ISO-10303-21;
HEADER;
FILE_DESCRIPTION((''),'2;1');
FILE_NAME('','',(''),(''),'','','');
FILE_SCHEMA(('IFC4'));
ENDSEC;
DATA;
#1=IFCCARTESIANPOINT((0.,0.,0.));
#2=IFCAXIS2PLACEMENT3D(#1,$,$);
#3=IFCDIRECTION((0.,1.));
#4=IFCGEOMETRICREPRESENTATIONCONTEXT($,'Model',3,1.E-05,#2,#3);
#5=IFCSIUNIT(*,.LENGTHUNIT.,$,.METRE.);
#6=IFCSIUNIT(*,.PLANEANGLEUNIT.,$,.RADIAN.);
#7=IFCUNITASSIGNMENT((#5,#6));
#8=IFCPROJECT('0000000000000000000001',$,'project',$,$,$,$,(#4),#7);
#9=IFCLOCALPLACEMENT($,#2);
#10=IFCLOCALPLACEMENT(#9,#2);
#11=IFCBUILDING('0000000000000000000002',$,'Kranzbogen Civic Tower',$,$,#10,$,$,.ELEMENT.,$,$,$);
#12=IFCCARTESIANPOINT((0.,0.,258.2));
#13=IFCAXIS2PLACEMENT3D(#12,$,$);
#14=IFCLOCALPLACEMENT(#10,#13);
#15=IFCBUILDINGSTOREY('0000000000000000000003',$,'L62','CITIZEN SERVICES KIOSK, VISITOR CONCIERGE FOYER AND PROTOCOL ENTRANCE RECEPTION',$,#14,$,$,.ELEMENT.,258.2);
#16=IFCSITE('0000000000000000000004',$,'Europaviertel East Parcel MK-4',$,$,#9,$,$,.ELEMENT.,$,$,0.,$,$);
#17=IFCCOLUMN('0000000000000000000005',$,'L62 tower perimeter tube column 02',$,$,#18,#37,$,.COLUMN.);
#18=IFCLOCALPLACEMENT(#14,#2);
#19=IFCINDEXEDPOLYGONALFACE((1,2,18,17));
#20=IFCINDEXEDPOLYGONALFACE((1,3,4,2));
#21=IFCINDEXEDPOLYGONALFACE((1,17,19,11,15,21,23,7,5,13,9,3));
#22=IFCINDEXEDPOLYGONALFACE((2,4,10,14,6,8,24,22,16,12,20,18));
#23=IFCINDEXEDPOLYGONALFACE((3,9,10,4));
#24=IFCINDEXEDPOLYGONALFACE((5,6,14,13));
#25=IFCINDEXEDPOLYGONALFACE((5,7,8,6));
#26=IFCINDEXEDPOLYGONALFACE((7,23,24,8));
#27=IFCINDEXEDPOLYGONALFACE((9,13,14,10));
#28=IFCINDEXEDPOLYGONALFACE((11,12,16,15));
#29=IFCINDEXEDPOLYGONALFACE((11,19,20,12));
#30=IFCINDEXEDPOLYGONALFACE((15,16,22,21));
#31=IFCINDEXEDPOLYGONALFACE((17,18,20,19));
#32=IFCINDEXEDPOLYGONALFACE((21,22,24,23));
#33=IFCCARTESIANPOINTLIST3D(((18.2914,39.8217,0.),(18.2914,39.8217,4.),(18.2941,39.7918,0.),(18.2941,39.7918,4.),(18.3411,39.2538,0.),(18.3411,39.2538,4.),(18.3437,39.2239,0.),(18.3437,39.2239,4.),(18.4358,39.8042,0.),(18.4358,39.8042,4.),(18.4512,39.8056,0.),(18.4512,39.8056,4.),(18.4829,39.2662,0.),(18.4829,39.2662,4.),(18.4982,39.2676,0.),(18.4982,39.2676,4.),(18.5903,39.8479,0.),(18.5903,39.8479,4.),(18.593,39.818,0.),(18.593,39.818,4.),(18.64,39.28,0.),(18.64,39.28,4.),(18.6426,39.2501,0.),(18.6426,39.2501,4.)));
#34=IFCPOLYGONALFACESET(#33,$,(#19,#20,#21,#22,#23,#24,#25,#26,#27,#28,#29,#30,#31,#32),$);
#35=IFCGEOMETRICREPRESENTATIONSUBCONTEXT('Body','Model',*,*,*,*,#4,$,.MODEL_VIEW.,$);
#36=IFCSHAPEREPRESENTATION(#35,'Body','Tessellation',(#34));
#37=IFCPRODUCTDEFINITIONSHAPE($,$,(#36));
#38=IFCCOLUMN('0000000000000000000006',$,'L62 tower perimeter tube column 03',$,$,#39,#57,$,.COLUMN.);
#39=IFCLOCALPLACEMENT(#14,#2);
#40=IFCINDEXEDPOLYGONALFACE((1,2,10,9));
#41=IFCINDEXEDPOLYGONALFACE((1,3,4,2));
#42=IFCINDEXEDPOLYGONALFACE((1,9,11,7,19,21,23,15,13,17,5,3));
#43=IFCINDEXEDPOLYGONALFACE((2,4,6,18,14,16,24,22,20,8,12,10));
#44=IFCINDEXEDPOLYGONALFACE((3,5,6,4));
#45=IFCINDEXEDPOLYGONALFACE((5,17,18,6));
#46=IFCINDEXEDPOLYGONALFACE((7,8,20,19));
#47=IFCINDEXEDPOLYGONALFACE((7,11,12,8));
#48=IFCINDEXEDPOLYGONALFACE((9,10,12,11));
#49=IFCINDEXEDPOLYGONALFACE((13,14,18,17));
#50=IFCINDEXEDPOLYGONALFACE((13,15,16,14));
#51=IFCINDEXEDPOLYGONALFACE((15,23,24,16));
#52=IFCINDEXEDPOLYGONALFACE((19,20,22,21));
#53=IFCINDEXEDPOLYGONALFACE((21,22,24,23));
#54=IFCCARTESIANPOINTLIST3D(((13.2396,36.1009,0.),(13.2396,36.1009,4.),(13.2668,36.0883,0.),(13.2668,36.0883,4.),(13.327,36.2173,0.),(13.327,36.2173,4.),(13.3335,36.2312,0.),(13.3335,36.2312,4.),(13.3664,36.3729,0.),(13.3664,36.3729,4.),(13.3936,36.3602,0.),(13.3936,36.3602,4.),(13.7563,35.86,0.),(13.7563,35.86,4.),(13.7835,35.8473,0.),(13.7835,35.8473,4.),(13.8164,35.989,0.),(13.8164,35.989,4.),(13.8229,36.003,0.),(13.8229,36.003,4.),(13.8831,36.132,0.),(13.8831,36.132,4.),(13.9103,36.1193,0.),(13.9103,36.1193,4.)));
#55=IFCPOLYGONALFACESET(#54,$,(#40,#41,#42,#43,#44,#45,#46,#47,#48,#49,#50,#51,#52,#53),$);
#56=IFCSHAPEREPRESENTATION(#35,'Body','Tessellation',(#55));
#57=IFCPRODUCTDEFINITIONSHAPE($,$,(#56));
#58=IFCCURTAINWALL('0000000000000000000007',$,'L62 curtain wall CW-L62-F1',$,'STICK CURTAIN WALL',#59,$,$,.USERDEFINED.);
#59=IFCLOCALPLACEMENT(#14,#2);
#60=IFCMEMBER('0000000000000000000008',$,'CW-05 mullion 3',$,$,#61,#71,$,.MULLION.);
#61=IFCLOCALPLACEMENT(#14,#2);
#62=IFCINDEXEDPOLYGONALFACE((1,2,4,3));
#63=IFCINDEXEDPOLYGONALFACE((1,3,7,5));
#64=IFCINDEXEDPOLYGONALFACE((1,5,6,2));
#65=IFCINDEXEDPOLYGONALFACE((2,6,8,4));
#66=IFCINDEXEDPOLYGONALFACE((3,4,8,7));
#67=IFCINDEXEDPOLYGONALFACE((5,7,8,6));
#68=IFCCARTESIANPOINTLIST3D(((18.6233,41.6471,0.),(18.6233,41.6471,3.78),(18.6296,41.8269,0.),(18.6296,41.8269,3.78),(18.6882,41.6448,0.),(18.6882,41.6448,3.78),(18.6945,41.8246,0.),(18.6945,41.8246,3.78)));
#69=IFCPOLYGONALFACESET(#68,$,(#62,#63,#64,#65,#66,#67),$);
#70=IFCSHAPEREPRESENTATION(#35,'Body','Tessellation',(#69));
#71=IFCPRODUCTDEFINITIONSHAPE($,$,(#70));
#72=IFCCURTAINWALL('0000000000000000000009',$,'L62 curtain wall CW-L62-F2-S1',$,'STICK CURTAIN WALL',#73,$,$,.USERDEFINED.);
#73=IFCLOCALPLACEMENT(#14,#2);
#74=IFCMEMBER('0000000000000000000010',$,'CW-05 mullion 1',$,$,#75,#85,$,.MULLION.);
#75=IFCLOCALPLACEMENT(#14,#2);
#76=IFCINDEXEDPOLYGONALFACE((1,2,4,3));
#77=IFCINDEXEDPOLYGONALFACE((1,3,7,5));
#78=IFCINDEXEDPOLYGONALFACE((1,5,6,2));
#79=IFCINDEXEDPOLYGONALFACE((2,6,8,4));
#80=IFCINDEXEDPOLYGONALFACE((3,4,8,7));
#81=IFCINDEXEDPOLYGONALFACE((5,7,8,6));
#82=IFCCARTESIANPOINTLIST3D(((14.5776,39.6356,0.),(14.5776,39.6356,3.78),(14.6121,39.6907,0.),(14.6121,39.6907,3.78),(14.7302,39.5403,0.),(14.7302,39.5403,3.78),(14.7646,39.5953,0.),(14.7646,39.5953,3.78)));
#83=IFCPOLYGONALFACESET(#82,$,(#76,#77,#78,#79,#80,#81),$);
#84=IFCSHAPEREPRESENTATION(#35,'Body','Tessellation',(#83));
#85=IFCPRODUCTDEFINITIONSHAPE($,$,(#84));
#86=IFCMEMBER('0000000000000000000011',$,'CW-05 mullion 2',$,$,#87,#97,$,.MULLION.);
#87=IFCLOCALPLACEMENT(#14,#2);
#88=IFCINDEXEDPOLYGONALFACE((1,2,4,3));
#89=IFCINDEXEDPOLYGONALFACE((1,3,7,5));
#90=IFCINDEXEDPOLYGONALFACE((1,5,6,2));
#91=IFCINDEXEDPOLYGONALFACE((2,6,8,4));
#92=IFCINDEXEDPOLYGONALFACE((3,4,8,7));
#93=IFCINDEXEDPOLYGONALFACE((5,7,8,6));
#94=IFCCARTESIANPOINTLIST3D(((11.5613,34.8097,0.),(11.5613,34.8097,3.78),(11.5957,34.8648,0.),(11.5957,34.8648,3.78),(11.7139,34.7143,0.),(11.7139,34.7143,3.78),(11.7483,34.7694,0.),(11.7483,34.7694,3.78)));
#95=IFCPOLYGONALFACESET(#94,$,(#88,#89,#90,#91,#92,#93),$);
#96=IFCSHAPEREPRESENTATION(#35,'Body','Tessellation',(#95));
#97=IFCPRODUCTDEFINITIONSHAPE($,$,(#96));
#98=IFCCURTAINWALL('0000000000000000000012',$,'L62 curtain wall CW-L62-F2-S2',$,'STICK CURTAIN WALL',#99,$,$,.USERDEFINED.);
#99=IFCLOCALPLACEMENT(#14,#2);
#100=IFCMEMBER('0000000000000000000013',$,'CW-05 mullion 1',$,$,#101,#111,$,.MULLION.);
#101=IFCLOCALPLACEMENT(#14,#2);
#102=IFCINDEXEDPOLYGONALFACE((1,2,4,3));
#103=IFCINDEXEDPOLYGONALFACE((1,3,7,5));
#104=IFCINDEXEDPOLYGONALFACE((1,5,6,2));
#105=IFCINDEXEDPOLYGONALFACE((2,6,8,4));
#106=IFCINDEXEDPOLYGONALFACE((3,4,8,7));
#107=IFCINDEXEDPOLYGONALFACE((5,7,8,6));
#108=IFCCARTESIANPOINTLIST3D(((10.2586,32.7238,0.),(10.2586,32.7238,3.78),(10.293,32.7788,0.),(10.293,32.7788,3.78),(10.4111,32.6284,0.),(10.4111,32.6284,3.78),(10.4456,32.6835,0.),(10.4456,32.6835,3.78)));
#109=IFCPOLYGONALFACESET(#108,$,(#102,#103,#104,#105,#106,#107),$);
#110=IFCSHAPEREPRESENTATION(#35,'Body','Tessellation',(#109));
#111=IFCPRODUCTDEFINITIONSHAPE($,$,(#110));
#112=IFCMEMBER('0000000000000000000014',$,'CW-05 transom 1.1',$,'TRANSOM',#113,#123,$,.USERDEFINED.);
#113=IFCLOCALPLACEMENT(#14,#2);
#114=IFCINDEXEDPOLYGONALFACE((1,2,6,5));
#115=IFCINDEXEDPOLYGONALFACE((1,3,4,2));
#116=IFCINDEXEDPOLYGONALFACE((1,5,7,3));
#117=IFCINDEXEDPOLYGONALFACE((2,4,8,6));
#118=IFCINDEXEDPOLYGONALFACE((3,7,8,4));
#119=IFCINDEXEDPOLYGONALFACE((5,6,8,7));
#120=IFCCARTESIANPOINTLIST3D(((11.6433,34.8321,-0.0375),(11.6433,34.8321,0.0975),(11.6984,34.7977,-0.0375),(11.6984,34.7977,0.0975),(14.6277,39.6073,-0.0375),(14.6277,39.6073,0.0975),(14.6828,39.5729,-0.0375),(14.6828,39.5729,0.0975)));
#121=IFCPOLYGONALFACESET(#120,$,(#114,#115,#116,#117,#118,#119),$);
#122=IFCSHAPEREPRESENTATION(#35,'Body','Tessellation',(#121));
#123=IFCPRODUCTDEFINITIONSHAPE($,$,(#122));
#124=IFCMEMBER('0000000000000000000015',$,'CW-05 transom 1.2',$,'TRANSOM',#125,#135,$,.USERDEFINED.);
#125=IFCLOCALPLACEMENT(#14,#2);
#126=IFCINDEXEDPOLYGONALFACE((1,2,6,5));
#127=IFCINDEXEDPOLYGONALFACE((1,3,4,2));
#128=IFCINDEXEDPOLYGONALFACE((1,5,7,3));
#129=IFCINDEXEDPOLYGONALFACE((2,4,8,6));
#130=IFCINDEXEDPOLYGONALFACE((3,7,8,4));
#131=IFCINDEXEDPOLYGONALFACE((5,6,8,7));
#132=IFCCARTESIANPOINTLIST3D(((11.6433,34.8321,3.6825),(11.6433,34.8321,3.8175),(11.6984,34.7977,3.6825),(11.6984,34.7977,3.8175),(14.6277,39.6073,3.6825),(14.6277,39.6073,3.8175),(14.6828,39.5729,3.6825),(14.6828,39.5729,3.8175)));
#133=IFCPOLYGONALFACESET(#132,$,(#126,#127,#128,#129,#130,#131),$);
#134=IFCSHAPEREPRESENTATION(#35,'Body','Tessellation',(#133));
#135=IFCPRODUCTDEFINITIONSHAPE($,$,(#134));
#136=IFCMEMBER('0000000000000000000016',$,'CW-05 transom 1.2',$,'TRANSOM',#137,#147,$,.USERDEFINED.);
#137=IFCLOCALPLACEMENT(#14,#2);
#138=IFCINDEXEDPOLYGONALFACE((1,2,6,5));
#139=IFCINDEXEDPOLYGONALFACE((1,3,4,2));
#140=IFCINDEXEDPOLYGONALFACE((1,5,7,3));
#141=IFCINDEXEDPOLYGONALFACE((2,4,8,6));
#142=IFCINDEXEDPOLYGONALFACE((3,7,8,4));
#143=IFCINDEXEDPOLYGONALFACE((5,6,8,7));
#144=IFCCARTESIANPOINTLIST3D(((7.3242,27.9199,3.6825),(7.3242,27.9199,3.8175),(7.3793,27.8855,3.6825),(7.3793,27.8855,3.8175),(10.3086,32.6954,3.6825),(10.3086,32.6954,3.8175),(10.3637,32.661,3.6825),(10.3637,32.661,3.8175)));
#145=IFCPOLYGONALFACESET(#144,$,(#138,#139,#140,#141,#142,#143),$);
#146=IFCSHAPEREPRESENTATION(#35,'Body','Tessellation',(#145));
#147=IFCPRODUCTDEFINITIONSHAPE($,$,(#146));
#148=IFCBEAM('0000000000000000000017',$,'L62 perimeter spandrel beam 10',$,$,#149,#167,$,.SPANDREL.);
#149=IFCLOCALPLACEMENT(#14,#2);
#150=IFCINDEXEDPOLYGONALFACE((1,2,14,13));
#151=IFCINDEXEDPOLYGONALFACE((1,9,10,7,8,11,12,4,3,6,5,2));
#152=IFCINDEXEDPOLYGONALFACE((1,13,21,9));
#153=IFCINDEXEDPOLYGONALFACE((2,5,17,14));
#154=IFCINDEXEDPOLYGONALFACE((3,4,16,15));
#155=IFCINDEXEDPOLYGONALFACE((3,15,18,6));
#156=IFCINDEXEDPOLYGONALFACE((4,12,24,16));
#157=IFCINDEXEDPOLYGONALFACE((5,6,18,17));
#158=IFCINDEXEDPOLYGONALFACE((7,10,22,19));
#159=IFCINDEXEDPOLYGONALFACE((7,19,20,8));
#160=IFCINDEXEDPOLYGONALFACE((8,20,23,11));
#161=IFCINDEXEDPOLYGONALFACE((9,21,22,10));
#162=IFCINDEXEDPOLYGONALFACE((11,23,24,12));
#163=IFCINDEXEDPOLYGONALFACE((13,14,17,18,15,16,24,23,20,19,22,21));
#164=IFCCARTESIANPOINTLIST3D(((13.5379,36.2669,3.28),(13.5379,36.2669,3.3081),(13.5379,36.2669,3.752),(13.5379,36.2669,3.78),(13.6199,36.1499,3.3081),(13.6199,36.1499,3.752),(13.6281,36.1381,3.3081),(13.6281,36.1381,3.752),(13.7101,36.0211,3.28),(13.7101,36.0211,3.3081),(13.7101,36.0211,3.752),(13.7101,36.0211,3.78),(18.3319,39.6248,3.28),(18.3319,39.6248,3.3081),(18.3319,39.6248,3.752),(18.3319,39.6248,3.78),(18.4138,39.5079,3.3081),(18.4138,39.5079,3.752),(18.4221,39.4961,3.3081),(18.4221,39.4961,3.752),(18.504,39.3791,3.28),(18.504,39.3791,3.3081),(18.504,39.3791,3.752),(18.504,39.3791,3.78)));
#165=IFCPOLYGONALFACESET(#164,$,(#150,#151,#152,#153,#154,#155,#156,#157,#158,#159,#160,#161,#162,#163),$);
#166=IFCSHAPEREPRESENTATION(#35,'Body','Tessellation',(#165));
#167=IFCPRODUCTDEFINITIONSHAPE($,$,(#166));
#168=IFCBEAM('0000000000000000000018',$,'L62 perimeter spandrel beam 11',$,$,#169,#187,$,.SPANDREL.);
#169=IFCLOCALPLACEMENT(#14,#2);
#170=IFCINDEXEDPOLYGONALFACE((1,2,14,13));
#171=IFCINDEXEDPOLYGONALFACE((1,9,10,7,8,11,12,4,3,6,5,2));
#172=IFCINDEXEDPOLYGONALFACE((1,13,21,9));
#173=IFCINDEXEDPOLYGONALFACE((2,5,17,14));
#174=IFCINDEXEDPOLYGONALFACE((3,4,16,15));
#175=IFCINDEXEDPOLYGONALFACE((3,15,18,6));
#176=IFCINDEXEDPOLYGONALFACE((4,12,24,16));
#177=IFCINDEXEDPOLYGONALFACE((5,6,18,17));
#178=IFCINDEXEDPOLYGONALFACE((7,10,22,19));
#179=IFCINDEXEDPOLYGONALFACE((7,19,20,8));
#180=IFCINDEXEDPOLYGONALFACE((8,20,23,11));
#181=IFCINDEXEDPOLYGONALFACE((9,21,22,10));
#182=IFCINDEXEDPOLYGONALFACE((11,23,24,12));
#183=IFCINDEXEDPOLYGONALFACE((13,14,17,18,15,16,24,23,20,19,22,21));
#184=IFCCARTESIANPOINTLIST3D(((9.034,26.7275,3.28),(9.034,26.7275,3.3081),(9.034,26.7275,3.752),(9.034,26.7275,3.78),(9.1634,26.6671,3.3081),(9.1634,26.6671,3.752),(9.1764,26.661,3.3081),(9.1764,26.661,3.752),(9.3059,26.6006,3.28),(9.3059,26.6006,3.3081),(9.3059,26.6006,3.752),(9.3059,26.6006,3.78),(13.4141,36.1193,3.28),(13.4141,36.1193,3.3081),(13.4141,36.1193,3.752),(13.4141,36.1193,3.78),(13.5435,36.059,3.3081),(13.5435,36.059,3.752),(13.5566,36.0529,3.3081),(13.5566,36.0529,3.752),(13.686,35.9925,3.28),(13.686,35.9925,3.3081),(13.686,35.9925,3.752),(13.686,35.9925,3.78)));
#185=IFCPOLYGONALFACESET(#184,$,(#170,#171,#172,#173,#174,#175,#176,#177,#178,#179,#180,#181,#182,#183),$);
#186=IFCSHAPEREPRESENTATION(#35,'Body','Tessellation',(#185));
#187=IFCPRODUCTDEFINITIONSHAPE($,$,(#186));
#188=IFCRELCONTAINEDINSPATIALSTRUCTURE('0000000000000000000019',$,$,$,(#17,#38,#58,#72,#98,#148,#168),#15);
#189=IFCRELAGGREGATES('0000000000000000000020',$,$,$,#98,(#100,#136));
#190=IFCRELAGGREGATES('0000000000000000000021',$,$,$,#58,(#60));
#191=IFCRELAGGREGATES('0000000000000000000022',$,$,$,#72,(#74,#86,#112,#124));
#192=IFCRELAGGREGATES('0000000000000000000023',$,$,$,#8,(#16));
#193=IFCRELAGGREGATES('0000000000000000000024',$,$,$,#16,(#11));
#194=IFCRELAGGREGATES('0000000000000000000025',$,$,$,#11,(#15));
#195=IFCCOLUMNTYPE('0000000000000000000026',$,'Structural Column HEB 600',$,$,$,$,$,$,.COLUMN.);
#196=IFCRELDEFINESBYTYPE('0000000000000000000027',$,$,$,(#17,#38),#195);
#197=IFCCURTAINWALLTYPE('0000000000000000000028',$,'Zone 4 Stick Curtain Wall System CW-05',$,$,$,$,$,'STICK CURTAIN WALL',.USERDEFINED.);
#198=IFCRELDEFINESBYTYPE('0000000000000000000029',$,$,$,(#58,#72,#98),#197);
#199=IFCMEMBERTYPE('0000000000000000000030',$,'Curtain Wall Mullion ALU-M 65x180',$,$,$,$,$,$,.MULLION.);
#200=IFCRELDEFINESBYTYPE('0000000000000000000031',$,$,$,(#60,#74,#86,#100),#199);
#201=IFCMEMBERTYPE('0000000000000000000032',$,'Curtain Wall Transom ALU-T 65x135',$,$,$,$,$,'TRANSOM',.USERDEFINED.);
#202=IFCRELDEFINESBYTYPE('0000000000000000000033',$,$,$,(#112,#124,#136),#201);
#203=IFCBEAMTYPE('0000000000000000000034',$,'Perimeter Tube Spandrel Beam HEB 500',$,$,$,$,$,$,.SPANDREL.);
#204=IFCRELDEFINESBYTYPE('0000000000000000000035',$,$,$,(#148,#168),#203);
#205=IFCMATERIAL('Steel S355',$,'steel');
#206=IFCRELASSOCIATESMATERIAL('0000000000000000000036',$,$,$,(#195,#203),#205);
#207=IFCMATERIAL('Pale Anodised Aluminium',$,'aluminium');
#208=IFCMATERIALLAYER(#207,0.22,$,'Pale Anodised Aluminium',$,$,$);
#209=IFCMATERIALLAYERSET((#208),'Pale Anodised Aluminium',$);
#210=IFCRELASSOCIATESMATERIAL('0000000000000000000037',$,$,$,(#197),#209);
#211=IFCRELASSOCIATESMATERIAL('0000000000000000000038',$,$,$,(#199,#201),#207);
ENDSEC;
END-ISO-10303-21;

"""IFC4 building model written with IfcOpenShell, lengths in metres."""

from ifc_helpers import new_model, si_unit, direction, frame, origin, origin_2d, place, context, subcontext, project, spatial, rectangle, i_section, extrude, material, layer, layer_set, material_profile, profile_set, type_object, element, aggregate, save


model = new_model("IFC4")

# Units and contexts
model_context = context("Model", 3, precision=1e-05, world=origin(), true_north=direction((0.0, 1.0)))
body_context = subcontext(model_context, "Body", "Model", "MODEL_VIEW")
ifc_project = project(units=[si_unit("LENGTHUNIT", "METRE"), si_unit("PLANEANGLEUNIT", "RADIAN")], contexts=[model_context])

# Site, building, storey
site_placement = place(None, origin())
site = spatial("IfcSite", under=ifc_project, at=site_placement, Name="Europaviertel East Parcel MK-4", CompositionType="ELEMENT", RefElevation=0.0)
building_placement = place(site_placement, origin())
building = spatial("IfcBuilding", under=site, at=building_placement, Name="Kranzbogen Civic Tower", CompositionType="ELEMENT")
storey_placement = place(building_placement, frame((0.0, 0.0, 258.2)))
storey = spatial("IfcBuildingStorey", under=building, at=storey_placement, Name="L62", Description="CITIZEN SERVICES KIOSK, VISITOR CONCIERGE FOYER AND PROTOCOL ENTRANCE RECEPTION", CompositionType="ELEMENT", Elevation=258.2)

# Columns
ifc_material_1 = material(Name="Steel S355", Category="steel")
ifc_material_profile_1 = material_profile(ifc_material_1, i_section(OverallWidth=0.3, OverallDepth=0.6001, WebThickness=0.0154, FlangeThickness=0.03, at=origin_2d()), Name="HEB 600")
ifc_profile_set_1 = profile_set([ifc_material_profile_1], Name="Steel S355")
column_type = type_object("IfcColumnType", Name="Structural Column HEB 600", PredefinedType="COLUMN", material=ifc_profile_set_1)
for number, where, z_axis, x_axis, name in (
    (1, (18.467, 39.5359, 0.0), (0.0, 0.0, 1.0), (0.996195, 0.087156, 0.0), "L62 tower perimeter tube column 02"),
    (2, (13.575, 36.1101, 0.0), (0.0, 0.0, 1.0), (0.422618, 0.906308, 0.0), "L62 tower perimeter tube column 03"),
):
    element("IfcColumn", number, at=place(storey_placement, frame(where, z_axis=z_axis, x_axis=x_axis)), inside=storey, type_object=column_type, Name=name, PredefinedType="COLUMN", context=body_context, shape_type="SweptSolid", body=[
        extrude(i_section(OverallWidth=0.3, OverallDepth=0.6001, WebThickness=0.0154, FlangeThickness=0.03, at=origin_2d()), origin(), (0.0, 0.0, 1.0), 4.0),
    ])

# Curtain wall, member
ifc_material_2 = material(Name="Pale Anodised Aluminium", Category="aluminium")
ifc_layer_1 = layer(ifc_material_2, 0.22, Name="Pale Anodised Aluminium")
ifc_layer_set_1 = layer_set([ifc_layer_1], Name="Pale Anodised Aluminium")
curtain_wall_type = type_object("IfcCurtainWallType", Name="Zone 4 Stick Curtain Wall System CW-05", ElementType="STICK CURTAIN WALL", PredefinedType="USERDEFINED", material=ifc_layer_set_1)
curtain_wall_1_placement = place(storey_placement, origin())
curtain_wall_1 = element("IfcCurtainWall", 3, at=curtain_wall_1_placement, inside=storey, type_object=curtain_wall_type, Name="L62 curtain wall CW-L62-F1", ObjectType="STICK CURTAIN WALL", PredefinedType="USERDEFINED")
ifc_material_profile_2 = material_profile(ifc_material_2, rectangle(XDim=0.0649, YDim=0.1799, at=origin_2d()), Name="ALU-M 65x180")
ifc_profile_set_2 = profile_set([ifc_material_profile_2], Name="Pale Anodised Aluminium")
member_type_1 = type_object("IfcMemberType", Name="Curtain Wall Mullion ALU-M 65x180", PredefinedType="MULLION", material=ifc_profile_set_2)
member_1_placement = place(storey_placement, frame((18.6589, 41.7358, 0.0), z_axis=(0.0, 0.0, 1.0), x_axis=(-0.999391, 0.034886, 0.0)))
member_1 = element("IfcMember", 4, at=member_1_placement, type_object=member_type_1, Name="CW-05 mullion 3", PredefinedType="MULLION", context=body_context, shape_type="SweptSolid", body=[
    extrude(rectangle(XDim=0.0649, YDim=0.1799, at=origin_2d()), origin(), (0.0, 0.0, 1.0), 3.78),
])

# Curtain wall, members
curtain_wall_2_placement = place(storey_placement, origin())
curtain_wall_2 = element("IfcCurtainWall", 5, at=curtain_wall_2_placement, inside=storey, type_object=curtain_wall_type, Name="L62 curtain wall CW-L62-F2-S1", ObjectType="STICK CURTAIN WALL", PredefinedType="USERDEFINED")
member_2_placement = place(storey_placement, frame((14.6711, 39.6155, 0.0), z_axis=(0.0, 0.0, 1.0), x_axis=(-0.529983, -0.848008, 0.0)))
member_2 = element("IfcMember", 6, at=member_2_placement, type_object=member_type_1, Name="CW-05 mullion 1", PredefinedType="MULLION", context=body_context, shape_type="SweptSolid", body=[
    extrude(rectangle(XDim=0.0649, YDim=0.1799, at=origin_2d()), origin(), (0.0, 0.0, 1.0), 3.78),
])
member_3_placement = place(storey_placement, frame((11.6548, 34.7896, 0.0), z_axis=(0.0, 0.0, 1.0), x_axis=(-0.529983, -0.848008, 0.0)))
member_3 = element("IfcMember", 7, at=member_3_placement, type_object=member_type_1, Name="CW-05 mullion 2", PredefinedType="MULLION", context=body_context, shape_type="SweptSolid", body=[
    extrude(rectangle(XDim=0.0649, YDim=0.1799, at=origin_2d()), origin(), (0.0, 0.0, 1.0), 3.78),
])

# Curtain wall, member
curtain_wall_3_placement = place(storey_placement, origin())
curtain_wall_3 = element("IfcCurtainWall", 8, at=curtain_wall_3_placement, inside=storey, type_object=curtain_wall_type, Name="L62 curtain wall CW-L62-F2-S2", ObjectType="STICK CURTAIN WALL", PredefinedType="USERDEFINED")
member_4_placement = place(storey_placement, frame((10.3521, 32.7036, 0.0), z_axis=(0.0, 0.0, 1.0), x_axis=(-0.529983, -0.848008, 0.0)))
member_4 = element("IfcMember", 9, at=member_4_placement, type_object=member_type_1, Name="CW-05 mullion 1", PredefinedType="MULLION", context=body_context, shape_type="SweptSolid", body=[
    extrude(rectangle(XDim=0.0649, YDim=0.1799, at=origin_2d()), origin(), (0.0, 0.0, 1.0), 3.78),
])

# Members
ifc_material_profile_3 = material_profile(ifc_material_2, rectangle(XDim=0.0649, YDim=0.135, at=origin_2d()), Name="ALU-T 65x135")
ifc_profile_set_3 = profile_set([ifc_material_profile_3], Name="Pale Anodised Aluminium")
member_type_2 = type_object("IfcMemberType", Name="Curtain Wall Transom ALU-T 65x135", ElementType="TRANSOM", PredefinedType="USERDEFINED", material=ifc_profile_set_3)
member_5_placement = place(storey_placement, frame((14.6553, 39.5901, 0.03), z_axis=(-0.529987, -0.848006, 0.0), x_axis=(0.848006, -0.529987, 0.0)))
member_5 = element("IfcMember", 10, at=member_5_placement, type_object=member_type_2, Name="CW-05 transom 1.1", ObjectType="TRANSOM", PredefinedType="USERDEFINED", context=body_context, shape_type="SweptSolid", body=[
    extrude(rectangle(XDim=0.0649, YDim=0.135, at=origin_2d()), origin(), (0.0, 0.0, 1.0), 5.6311),
])
member_6_placement = place(storey_placement, frame((14.6553, 39.5901, 3.75), z_axis=(-0.529987, -0.848006, 0.0), x_axis=(0.848006, -0.529987, 0.0)))
member_6 = element("IfcMember", 11, at=member_6_placement, type_object=member_type_2, Name="CW-05 transom 1.2", ObjectType="TRANSOM", PredefinedType="USERDEFINED", context=body_context, shape_type="SweptSolid", body=[
    extrude(rectangle(XDim=0.0649, YDim=0.135, at=origin_2d()), origin(), (0.0, 0.0, 1.0), 5.6311),
])
member_7_placement = place(storey_placement, frame((10.3362, 32.6782, 3.75), z_axis=(-0.529968, -0.848018, 0.0), x_axis=(0.848018, -0.529968, 0.0)))
member_7 = element("IfcMember", 12, at=member_7_placement, type_object=member_type_2, Name="CW-05 transom 1.2", ObjectType="TRANSOM", PredefinedType="USERDEFINED", context=body_context, shape_type="SweptSolid", body=[
    extrude(rectangle(XDim=0.0649, YDim=0.135, at=origin_2d()), origin(), (0.0, 0.0, 1.0), 5.6313),
])
aggregate(curtain_wall_3, [member_4, member_7])

# Beams
ifc_material_profile_4 = material_profile(ifc_material_1, i_section(OverallWidth=0.3, OverallDepth=0.5, WebThickness=0.0144, FlangeThickness=0.0281, at=origin_2d()), Name="HEB 500")
ifc_profile_set_4 = profile_set([ifc_material_profile_4], Name="Steel S355")
beam_type_1 = type_object("IfcBeamType", Name="Perimeter Tube Spandrel Beam HEB 500", PredefinedType="SPANDREL", material=ifc_profile_set_4)
beam_1_placement = place(storey_placement, frame((18.418, 39.502, 3.53), z_axis=(-0.819059, -0.573709, 0.0), x_axis=(0.573709, -0.819059, 0.0)))
element("IfcBeam", 13, at=beam_1_placement, inside=storey, type_object=beam_type_1, Name="L62 perimeter spandrel beam 10", PredefinedType="SPANDREL", context=body_context, shape_type="SweptSolid", body=[
    extrude(i_section(OverallWidth=0.3, OverallDepth=0.5, WebThickness=0.0144, FlangeThickness=0.0281, at=origin_2d()), origin(), (0.0, 0.0, 1.0), 5.853),
])
beam_2_placement = place(storey_placement, frame((13.55, 36.0559, 3.53), z_axis=(-0.422669, -0.906284, 0.0), x_axis=(0.906284, -0.422669, 0.0)))
element("IfcBeam", 14, at=beam_2_placement, inside=storey, type_object=beam_type_1, Name="L62 perimeter spandrel beam 11", PredefinedType="SPANDREL", context=body_context, shape_type="SweptSolid", body=[
    extrude(i_section(OverallWidth=0.3, OverallDepth=0.5, WebThickness=0.0144, FlangeThickness=0.0281, at=origin_2d()), origin(), (0.0, 0.0, 1.0), 10.363),
])

aggregate(curtain_wall_1, [member_1])
aggregate(curtain_wall_2, [member_2, member_3, member_5, member_6])

save(model, "model.ifc")
